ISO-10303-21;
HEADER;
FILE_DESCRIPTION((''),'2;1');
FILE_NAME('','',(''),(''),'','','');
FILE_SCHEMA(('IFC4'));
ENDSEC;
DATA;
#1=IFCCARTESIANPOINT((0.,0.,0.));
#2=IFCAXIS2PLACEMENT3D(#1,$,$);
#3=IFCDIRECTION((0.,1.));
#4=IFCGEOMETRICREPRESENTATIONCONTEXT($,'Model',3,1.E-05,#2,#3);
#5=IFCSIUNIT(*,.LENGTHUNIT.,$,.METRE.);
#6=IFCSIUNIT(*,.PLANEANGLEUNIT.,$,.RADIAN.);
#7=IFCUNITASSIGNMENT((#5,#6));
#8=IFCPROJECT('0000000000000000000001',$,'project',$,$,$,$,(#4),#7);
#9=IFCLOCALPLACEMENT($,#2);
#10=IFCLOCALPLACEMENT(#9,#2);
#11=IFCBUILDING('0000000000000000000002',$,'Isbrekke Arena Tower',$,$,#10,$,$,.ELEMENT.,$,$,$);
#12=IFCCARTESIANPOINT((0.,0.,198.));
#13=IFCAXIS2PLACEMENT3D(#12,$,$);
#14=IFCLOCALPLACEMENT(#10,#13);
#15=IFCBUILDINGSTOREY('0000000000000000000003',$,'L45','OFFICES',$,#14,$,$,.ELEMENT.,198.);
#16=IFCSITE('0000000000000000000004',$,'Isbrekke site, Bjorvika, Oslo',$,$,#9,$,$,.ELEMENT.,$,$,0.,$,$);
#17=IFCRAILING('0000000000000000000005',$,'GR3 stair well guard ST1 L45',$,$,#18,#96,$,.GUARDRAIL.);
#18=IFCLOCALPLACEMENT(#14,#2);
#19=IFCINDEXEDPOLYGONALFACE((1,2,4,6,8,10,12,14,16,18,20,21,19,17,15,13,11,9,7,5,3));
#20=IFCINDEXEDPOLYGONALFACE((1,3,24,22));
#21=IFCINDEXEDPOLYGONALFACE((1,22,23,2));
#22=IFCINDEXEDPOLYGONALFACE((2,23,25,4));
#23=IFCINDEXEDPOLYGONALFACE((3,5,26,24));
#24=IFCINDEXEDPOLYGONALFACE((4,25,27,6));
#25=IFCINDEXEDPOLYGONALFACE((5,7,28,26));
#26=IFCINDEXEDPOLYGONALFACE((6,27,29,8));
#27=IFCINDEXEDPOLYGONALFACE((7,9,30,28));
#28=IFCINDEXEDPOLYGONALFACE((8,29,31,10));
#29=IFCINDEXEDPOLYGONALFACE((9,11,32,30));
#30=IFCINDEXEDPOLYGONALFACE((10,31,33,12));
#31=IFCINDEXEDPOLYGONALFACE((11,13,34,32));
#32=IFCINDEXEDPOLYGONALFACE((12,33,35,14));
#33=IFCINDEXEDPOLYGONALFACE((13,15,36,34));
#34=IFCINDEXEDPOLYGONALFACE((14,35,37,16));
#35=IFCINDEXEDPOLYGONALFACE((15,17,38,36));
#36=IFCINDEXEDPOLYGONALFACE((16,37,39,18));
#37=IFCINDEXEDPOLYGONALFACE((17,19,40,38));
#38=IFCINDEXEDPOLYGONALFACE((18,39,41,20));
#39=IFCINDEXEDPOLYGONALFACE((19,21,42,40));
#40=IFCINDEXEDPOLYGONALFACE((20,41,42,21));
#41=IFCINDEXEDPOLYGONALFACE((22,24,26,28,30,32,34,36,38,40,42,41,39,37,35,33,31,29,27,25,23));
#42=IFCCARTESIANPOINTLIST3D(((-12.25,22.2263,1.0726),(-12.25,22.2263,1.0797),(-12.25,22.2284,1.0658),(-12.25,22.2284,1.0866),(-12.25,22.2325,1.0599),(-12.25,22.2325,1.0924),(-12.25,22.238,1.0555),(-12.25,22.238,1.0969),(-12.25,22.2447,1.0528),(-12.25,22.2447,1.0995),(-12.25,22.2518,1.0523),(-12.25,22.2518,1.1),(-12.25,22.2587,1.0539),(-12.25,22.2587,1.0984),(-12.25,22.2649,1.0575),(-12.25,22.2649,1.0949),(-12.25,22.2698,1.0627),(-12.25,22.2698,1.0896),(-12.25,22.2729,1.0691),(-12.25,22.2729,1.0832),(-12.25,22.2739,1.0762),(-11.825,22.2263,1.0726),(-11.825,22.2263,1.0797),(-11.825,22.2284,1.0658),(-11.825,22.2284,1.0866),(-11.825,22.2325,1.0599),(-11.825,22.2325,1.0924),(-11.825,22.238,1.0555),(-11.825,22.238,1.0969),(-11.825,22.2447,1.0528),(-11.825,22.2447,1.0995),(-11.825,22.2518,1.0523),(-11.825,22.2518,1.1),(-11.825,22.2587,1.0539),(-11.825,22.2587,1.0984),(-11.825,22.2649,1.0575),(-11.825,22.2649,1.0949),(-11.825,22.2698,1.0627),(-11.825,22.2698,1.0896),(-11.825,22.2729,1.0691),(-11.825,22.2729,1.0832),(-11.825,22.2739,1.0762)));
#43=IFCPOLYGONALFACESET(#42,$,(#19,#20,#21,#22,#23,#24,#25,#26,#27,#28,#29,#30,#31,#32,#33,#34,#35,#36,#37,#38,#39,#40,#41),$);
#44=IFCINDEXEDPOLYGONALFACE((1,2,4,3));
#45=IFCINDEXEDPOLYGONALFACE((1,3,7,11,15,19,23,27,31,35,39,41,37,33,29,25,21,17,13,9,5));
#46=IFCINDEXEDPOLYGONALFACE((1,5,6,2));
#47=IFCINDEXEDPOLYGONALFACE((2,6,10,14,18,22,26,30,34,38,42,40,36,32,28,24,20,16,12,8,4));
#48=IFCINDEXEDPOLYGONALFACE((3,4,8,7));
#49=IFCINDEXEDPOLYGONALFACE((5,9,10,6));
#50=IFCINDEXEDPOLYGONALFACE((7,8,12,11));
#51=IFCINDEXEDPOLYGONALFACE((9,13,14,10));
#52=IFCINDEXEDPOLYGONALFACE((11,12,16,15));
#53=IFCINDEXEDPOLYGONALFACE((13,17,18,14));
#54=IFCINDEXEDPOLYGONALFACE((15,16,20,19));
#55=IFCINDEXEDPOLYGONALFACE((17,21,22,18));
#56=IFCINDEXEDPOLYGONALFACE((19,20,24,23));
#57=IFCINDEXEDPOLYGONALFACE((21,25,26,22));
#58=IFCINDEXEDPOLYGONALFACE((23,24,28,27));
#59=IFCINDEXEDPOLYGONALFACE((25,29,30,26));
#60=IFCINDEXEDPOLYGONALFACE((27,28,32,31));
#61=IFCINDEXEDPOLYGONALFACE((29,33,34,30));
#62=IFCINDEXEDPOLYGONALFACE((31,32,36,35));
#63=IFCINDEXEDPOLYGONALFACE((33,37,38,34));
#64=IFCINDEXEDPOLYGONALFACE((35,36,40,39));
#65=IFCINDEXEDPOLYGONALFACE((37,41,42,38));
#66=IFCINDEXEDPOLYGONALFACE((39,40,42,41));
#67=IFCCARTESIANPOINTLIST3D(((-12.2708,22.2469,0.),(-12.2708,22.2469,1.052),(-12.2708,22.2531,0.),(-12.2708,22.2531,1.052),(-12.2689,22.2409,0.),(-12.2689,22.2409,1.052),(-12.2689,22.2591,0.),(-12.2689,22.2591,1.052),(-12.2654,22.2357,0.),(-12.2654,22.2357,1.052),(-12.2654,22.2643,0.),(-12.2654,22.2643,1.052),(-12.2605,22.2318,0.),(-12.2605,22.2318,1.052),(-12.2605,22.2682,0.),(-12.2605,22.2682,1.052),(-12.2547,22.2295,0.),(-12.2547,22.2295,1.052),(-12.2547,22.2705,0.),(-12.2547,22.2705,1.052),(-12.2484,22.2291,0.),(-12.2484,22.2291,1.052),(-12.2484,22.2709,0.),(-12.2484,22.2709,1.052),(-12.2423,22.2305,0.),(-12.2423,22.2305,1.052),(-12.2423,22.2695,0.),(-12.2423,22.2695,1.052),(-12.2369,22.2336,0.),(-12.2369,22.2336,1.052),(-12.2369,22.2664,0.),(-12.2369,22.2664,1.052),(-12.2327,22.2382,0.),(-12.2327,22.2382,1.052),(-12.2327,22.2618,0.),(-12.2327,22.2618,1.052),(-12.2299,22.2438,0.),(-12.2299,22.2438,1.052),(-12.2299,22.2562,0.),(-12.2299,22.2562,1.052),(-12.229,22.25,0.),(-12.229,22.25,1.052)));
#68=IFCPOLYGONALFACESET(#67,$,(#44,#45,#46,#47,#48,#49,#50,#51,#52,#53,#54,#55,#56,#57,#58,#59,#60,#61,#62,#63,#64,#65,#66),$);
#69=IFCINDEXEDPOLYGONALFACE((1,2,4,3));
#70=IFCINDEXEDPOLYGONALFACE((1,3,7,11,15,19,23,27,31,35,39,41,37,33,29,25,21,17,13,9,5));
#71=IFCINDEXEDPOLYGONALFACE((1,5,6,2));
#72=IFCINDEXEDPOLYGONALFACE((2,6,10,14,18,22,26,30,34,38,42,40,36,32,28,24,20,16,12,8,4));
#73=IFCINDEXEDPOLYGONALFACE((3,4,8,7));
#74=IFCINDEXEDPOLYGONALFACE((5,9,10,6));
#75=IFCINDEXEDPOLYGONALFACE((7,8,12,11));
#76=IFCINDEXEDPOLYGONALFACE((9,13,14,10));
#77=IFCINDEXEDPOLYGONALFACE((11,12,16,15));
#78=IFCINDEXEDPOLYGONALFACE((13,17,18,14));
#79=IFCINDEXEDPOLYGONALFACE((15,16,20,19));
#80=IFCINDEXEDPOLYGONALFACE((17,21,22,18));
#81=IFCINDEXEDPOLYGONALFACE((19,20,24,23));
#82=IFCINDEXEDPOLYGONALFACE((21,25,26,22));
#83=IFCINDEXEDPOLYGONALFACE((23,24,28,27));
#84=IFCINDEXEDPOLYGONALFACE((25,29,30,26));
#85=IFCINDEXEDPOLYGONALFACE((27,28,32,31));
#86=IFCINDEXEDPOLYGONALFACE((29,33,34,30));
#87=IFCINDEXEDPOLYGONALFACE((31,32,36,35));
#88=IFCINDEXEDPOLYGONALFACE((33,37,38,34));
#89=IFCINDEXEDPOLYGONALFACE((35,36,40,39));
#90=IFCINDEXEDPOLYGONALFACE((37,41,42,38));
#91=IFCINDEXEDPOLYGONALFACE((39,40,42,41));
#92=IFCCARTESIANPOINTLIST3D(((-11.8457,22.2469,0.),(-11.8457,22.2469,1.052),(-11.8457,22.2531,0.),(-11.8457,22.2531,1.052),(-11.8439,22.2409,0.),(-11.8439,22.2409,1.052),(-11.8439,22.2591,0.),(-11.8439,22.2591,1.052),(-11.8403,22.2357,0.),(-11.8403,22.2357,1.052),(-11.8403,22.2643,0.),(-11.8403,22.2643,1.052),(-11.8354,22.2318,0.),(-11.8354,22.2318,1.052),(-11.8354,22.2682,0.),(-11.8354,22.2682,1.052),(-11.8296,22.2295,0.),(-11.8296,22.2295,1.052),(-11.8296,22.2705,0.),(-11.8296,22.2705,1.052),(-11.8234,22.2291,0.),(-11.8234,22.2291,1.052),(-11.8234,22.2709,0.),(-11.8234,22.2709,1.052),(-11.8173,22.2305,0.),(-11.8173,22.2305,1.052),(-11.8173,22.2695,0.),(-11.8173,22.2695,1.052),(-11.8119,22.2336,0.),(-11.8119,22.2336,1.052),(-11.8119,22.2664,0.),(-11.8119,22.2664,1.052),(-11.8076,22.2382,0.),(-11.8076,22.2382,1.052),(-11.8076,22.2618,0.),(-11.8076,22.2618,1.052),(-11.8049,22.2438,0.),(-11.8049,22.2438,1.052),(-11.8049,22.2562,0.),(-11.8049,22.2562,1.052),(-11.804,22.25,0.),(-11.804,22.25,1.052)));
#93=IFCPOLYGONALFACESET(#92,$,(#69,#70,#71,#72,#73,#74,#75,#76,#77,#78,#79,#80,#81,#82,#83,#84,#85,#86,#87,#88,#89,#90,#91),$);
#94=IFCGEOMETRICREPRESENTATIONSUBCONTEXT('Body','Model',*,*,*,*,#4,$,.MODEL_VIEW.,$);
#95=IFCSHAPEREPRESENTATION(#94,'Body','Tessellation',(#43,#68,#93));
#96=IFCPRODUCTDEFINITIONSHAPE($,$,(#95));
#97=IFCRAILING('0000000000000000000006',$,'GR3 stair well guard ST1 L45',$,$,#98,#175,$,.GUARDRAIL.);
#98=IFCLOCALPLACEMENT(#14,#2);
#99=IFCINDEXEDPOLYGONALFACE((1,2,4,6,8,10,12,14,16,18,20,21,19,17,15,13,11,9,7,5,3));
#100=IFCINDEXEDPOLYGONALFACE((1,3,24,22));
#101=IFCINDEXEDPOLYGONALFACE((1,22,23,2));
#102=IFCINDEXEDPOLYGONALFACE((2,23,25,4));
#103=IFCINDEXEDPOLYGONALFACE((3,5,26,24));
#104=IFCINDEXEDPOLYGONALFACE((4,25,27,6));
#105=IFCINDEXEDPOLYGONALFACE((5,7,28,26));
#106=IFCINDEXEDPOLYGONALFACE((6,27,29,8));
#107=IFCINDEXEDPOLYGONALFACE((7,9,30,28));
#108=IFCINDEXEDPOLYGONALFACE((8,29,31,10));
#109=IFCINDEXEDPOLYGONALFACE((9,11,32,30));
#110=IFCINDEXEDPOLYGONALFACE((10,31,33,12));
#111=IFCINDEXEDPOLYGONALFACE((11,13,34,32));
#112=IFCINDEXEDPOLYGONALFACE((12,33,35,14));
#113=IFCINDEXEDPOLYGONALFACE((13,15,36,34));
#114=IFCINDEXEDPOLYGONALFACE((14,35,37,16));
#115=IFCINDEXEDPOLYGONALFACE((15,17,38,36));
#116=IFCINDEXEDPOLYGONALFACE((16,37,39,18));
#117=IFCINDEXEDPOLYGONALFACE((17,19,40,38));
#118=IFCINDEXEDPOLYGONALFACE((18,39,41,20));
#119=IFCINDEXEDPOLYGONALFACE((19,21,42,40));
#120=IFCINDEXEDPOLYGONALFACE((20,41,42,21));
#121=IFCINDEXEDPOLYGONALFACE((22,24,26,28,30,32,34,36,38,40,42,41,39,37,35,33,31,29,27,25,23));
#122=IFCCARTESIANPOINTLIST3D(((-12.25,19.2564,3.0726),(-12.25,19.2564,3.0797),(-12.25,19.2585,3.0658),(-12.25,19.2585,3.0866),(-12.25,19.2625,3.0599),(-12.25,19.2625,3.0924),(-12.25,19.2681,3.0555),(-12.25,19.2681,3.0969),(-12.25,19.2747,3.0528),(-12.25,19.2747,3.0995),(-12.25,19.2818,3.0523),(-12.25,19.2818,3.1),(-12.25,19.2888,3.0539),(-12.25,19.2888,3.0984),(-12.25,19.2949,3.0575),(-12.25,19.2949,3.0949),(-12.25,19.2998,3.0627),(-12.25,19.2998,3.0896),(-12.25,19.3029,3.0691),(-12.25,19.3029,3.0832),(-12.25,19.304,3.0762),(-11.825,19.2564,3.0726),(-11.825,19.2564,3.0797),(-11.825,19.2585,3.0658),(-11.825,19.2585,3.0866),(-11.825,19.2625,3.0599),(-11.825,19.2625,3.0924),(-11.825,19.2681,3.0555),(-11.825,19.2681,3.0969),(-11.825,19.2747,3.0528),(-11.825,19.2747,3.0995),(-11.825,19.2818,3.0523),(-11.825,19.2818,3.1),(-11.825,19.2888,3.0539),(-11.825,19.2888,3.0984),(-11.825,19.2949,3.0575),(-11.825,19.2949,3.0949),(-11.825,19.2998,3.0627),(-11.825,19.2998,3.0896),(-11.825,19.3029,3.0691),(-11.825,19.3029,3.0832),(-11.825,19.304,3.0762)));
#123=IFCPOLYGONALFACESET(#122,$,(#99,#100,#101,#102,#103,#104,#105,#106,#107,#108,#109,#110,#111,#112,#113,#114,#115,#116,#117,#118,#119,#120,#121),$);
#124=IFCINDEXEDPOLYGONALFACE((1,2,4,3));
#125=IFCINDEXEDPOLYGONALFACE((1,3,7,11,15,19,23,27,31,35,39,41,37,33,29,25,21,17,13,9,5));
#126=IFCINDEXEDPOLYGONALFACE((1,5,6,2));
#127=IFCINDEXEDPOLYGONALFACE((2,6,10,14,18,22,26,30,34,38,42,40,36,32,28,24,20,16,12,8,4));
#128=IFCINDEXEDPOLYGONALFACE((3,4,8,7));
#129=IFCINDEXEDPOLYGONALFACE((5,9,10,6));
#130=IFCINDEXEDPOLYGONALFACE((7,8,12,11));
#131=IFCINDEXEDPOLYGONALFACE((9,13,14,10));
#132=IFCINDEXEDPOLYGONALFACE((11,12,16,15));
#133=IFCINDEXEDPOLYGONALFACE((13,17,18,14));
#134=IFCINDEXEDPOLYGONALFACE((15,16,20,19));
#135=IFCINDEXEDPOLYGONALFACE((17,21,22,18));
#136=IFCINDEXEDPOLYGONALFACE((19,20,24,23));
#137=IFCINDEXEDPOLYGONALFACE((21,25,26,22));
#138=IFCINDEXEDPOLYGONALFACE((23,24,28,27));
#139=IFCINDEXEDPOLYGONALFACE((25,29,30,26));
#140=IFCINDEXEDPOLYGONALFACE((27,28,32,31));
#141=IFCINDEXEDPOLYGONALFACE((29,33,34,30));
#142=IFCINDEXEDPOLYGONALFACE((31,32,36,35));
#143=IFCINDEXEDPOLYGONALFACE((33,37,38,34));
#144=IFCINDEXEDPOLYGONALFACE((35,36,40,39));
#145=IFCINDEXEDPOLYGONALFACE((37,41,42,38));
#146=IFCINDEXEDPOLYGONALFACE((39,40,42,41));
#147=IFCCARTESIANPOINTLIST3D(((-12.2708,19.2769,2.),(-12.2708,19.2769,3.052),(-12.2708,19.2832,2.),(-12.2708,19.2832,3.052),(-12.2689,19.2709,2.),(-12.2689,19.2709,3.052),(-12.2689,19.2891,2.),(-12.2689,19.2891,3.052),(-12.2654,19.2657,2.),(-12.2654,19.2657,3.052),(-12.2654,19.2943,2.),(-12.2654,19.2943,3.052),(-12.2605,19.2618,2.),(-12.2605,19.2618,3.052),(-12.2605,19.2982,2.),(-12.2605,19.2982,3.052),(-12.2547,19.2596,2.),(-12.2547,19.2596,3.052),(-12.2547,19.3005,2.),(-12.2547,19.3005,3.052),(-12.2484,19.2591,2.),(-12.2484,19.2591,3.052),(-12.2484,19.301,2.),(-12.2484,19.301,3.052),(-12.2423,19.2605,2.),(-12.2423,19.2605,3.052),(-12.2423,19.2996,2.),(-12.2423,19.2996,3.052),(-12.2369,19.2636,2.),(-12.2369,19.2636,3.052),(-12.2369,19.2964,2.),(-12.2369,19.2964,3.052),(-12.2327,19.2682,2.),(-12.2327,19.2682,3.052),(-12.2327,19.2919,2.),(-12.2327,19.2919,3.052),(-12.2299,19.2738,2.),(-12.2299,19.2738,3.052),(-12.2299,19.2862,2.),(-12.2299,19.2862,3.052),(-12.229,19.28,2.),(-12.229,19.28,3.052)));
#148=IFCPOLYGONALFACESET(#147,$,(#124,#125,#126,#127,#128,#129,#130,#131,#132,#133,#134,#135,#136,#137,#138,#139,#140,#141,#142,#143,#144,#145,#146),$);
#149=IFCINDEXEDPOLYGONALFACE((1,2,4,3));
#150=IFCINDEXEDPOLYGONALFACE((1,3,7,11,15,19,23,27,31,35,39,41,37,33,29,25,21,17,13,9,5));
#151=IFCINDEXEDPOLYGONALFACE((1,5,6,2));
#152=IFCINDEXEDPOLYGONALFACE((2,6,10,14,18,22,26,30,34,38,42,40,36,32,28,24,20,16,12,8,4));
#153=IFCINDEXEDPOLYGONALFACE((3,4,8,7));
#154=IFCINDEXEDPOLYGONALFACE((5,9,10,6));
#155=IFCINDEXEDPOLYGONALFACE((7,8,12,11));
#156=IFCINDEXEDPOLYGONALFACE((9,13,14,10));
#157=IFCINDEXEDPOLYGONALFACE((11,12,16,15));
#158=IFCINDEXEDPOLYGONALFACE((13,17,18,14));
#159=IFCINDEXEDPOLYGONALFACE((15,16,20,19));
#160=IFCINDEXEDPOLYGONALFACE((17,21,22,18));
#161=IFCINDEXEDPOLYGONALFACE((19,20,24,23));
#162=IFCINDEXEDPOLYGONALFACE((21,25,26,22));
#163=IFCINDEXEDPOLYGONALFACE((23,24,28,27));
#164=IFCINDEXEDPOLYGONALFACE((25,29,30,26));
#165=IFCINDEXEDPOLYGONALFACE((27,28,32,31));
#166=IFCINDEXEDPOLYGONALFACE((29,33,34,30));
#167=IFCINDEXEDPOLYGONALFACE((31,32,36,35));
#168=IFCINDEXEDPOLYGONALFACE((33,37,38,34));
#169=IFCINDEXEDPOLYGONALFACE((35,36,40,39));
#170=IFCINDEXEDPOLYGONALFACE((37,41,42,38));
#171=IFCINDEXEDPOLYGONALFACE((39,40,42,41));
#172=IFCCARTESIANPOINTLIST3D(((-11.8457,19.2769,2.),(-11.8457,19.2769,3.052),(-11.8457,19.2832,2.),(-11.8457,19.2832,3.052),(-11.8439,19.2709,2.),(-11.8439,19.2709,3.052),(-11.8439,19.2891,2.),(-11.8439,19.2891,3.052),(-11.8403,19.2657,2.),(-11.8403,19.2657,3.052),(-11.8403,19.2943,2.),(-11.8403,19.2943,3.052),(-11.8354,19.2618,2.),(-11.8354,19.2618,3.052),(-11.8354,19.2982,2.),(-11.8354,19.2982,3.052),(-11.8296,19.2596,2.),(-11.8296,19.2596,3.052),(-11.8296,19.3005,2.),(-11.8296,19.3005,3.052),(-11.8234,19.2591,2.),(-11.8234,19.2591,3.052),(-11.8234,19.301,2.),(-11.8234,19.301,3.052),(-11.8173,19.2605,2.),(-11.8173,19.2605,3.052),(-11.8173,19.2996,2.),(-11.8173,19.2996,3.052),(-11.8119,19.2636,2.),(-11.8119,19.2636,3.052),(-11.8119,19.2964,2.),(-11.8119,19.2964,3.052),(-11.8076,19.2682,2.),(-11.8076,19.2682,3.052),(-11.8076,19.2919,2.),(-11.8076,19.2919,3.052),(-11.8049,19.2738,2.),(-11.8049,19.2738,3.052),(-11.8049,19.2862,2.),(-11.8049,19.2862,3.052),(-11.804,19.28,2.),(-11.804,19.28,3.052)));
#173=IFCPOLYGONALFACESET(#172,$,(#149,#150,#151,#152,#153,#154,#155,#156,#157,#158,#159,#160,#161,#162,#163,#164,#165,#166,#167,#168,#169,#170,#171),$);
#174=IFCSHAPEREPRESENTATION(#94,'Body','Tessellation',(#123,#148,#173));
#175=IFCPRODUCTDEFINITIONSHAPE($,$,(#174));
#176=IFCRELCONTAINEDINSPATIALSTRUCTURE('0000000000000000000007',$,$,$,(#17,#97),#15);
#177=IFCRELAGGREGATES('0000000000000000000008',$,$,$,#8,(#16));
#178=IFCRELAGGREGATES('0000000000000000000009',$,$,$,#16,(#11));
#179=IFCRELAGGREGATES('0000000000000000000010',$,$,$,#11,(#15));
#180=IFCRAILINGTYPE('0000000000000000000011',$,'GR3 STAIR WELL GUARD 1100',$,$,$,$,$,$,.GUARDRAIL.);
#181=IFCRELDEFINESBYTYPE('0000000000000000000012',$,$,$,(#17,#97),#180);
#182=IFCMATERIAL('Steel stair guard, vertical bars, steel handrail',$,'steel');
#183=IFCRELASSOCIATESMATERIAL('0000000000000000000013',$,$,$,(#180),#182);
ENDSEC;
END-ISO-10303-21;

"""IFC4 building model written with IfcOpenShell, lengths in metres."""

from ifc_helpers import new_model, si_unit, direction, frame, origin, origin_2d, place, context, subcontext, project, spatial, circle, extrude, material, type_object, element, save


model = new_model("IFC4")

# Units and contexts
model_context = context("Model", 3, precision=1e-05, world=origin(), true_north=direction((0.0, 1.0)))
body_context = subcontext(model_context, "Body", "Model", "MODEL_VIEW")
ifc_project = project(units=[si_unit("LENGTHUNIT", "METRE"), si_unit("PLANEANGLEUNIT", "RADIAN")], contexts=[model_context])

# Site, building, storey
site_placement = place(None, origin())
site = spatial("IfcSite", under=ifc_project, at=site_placement, Name="Isbrekke site, Bjorvika, Oslo", CompositionType="ELEMENT", RefElevation=0.0)
building_placement = place(site_placement, origin())
building = spatial("IfcBuilding", under=site, at=building_placement, Name="Isbrekke Arena Tower", CompositionType="ELEMENT")
storey_placement = place(building_placement, frame((0.0, 0.0, 198.0)))
storey = spatial("IfcBuildingStorey", under=building, at=storey_placement, Name="L45", Description="OFFICES", CompositionType="ELEMENT", Elevation=198.0)

# Railings
ifc_material_1 = material(Name="Steel stair guard, vertical bars, steel handrail", Category="steel")
railing_type = type_object("IfcRailingType", Name="GR3 STAIR WELL GUARD 1100", PredefinedType="GUARDRAIL", material=ifc_material_1)
for number, where, name in (
    (1, (-12.25, 22.25, 0.0), "GR3 stair well guard ST1 L45"),
    (2, (-12.25, 19.28, 2.0), "GR3 stair well guard ST1 L45"),
):
    element("IfcRailing", number, at=place(storey_placement, frame(where)), inside=storey, type_object=railing_type, Name=name, PredefinedType="GUARDRAIL", context=body_context, shape_type="SweptSolid", body=[
        extrude(circle(Radius=0.0239, at=origin_2d()), frame((0.0, 0.0, 1.0762), z_axis=(1.0, 0.0, 0.0), x_axis=(0.0, 1.0, 0.0)), (0.0, 0.0, 1.0), 0.425),
        extrude(circle(Radius=0.021, at=origin_2d()), origin(), (0.0, 0.0, 1.0), 1.052),
        extrude(circle(Radius=0.021, at=origin_2d()), frame((0.425, 0.0, 0.0)), (0.0, 0.0, 1.0), 1.052),
    ])

save(model, "model.ifc")
